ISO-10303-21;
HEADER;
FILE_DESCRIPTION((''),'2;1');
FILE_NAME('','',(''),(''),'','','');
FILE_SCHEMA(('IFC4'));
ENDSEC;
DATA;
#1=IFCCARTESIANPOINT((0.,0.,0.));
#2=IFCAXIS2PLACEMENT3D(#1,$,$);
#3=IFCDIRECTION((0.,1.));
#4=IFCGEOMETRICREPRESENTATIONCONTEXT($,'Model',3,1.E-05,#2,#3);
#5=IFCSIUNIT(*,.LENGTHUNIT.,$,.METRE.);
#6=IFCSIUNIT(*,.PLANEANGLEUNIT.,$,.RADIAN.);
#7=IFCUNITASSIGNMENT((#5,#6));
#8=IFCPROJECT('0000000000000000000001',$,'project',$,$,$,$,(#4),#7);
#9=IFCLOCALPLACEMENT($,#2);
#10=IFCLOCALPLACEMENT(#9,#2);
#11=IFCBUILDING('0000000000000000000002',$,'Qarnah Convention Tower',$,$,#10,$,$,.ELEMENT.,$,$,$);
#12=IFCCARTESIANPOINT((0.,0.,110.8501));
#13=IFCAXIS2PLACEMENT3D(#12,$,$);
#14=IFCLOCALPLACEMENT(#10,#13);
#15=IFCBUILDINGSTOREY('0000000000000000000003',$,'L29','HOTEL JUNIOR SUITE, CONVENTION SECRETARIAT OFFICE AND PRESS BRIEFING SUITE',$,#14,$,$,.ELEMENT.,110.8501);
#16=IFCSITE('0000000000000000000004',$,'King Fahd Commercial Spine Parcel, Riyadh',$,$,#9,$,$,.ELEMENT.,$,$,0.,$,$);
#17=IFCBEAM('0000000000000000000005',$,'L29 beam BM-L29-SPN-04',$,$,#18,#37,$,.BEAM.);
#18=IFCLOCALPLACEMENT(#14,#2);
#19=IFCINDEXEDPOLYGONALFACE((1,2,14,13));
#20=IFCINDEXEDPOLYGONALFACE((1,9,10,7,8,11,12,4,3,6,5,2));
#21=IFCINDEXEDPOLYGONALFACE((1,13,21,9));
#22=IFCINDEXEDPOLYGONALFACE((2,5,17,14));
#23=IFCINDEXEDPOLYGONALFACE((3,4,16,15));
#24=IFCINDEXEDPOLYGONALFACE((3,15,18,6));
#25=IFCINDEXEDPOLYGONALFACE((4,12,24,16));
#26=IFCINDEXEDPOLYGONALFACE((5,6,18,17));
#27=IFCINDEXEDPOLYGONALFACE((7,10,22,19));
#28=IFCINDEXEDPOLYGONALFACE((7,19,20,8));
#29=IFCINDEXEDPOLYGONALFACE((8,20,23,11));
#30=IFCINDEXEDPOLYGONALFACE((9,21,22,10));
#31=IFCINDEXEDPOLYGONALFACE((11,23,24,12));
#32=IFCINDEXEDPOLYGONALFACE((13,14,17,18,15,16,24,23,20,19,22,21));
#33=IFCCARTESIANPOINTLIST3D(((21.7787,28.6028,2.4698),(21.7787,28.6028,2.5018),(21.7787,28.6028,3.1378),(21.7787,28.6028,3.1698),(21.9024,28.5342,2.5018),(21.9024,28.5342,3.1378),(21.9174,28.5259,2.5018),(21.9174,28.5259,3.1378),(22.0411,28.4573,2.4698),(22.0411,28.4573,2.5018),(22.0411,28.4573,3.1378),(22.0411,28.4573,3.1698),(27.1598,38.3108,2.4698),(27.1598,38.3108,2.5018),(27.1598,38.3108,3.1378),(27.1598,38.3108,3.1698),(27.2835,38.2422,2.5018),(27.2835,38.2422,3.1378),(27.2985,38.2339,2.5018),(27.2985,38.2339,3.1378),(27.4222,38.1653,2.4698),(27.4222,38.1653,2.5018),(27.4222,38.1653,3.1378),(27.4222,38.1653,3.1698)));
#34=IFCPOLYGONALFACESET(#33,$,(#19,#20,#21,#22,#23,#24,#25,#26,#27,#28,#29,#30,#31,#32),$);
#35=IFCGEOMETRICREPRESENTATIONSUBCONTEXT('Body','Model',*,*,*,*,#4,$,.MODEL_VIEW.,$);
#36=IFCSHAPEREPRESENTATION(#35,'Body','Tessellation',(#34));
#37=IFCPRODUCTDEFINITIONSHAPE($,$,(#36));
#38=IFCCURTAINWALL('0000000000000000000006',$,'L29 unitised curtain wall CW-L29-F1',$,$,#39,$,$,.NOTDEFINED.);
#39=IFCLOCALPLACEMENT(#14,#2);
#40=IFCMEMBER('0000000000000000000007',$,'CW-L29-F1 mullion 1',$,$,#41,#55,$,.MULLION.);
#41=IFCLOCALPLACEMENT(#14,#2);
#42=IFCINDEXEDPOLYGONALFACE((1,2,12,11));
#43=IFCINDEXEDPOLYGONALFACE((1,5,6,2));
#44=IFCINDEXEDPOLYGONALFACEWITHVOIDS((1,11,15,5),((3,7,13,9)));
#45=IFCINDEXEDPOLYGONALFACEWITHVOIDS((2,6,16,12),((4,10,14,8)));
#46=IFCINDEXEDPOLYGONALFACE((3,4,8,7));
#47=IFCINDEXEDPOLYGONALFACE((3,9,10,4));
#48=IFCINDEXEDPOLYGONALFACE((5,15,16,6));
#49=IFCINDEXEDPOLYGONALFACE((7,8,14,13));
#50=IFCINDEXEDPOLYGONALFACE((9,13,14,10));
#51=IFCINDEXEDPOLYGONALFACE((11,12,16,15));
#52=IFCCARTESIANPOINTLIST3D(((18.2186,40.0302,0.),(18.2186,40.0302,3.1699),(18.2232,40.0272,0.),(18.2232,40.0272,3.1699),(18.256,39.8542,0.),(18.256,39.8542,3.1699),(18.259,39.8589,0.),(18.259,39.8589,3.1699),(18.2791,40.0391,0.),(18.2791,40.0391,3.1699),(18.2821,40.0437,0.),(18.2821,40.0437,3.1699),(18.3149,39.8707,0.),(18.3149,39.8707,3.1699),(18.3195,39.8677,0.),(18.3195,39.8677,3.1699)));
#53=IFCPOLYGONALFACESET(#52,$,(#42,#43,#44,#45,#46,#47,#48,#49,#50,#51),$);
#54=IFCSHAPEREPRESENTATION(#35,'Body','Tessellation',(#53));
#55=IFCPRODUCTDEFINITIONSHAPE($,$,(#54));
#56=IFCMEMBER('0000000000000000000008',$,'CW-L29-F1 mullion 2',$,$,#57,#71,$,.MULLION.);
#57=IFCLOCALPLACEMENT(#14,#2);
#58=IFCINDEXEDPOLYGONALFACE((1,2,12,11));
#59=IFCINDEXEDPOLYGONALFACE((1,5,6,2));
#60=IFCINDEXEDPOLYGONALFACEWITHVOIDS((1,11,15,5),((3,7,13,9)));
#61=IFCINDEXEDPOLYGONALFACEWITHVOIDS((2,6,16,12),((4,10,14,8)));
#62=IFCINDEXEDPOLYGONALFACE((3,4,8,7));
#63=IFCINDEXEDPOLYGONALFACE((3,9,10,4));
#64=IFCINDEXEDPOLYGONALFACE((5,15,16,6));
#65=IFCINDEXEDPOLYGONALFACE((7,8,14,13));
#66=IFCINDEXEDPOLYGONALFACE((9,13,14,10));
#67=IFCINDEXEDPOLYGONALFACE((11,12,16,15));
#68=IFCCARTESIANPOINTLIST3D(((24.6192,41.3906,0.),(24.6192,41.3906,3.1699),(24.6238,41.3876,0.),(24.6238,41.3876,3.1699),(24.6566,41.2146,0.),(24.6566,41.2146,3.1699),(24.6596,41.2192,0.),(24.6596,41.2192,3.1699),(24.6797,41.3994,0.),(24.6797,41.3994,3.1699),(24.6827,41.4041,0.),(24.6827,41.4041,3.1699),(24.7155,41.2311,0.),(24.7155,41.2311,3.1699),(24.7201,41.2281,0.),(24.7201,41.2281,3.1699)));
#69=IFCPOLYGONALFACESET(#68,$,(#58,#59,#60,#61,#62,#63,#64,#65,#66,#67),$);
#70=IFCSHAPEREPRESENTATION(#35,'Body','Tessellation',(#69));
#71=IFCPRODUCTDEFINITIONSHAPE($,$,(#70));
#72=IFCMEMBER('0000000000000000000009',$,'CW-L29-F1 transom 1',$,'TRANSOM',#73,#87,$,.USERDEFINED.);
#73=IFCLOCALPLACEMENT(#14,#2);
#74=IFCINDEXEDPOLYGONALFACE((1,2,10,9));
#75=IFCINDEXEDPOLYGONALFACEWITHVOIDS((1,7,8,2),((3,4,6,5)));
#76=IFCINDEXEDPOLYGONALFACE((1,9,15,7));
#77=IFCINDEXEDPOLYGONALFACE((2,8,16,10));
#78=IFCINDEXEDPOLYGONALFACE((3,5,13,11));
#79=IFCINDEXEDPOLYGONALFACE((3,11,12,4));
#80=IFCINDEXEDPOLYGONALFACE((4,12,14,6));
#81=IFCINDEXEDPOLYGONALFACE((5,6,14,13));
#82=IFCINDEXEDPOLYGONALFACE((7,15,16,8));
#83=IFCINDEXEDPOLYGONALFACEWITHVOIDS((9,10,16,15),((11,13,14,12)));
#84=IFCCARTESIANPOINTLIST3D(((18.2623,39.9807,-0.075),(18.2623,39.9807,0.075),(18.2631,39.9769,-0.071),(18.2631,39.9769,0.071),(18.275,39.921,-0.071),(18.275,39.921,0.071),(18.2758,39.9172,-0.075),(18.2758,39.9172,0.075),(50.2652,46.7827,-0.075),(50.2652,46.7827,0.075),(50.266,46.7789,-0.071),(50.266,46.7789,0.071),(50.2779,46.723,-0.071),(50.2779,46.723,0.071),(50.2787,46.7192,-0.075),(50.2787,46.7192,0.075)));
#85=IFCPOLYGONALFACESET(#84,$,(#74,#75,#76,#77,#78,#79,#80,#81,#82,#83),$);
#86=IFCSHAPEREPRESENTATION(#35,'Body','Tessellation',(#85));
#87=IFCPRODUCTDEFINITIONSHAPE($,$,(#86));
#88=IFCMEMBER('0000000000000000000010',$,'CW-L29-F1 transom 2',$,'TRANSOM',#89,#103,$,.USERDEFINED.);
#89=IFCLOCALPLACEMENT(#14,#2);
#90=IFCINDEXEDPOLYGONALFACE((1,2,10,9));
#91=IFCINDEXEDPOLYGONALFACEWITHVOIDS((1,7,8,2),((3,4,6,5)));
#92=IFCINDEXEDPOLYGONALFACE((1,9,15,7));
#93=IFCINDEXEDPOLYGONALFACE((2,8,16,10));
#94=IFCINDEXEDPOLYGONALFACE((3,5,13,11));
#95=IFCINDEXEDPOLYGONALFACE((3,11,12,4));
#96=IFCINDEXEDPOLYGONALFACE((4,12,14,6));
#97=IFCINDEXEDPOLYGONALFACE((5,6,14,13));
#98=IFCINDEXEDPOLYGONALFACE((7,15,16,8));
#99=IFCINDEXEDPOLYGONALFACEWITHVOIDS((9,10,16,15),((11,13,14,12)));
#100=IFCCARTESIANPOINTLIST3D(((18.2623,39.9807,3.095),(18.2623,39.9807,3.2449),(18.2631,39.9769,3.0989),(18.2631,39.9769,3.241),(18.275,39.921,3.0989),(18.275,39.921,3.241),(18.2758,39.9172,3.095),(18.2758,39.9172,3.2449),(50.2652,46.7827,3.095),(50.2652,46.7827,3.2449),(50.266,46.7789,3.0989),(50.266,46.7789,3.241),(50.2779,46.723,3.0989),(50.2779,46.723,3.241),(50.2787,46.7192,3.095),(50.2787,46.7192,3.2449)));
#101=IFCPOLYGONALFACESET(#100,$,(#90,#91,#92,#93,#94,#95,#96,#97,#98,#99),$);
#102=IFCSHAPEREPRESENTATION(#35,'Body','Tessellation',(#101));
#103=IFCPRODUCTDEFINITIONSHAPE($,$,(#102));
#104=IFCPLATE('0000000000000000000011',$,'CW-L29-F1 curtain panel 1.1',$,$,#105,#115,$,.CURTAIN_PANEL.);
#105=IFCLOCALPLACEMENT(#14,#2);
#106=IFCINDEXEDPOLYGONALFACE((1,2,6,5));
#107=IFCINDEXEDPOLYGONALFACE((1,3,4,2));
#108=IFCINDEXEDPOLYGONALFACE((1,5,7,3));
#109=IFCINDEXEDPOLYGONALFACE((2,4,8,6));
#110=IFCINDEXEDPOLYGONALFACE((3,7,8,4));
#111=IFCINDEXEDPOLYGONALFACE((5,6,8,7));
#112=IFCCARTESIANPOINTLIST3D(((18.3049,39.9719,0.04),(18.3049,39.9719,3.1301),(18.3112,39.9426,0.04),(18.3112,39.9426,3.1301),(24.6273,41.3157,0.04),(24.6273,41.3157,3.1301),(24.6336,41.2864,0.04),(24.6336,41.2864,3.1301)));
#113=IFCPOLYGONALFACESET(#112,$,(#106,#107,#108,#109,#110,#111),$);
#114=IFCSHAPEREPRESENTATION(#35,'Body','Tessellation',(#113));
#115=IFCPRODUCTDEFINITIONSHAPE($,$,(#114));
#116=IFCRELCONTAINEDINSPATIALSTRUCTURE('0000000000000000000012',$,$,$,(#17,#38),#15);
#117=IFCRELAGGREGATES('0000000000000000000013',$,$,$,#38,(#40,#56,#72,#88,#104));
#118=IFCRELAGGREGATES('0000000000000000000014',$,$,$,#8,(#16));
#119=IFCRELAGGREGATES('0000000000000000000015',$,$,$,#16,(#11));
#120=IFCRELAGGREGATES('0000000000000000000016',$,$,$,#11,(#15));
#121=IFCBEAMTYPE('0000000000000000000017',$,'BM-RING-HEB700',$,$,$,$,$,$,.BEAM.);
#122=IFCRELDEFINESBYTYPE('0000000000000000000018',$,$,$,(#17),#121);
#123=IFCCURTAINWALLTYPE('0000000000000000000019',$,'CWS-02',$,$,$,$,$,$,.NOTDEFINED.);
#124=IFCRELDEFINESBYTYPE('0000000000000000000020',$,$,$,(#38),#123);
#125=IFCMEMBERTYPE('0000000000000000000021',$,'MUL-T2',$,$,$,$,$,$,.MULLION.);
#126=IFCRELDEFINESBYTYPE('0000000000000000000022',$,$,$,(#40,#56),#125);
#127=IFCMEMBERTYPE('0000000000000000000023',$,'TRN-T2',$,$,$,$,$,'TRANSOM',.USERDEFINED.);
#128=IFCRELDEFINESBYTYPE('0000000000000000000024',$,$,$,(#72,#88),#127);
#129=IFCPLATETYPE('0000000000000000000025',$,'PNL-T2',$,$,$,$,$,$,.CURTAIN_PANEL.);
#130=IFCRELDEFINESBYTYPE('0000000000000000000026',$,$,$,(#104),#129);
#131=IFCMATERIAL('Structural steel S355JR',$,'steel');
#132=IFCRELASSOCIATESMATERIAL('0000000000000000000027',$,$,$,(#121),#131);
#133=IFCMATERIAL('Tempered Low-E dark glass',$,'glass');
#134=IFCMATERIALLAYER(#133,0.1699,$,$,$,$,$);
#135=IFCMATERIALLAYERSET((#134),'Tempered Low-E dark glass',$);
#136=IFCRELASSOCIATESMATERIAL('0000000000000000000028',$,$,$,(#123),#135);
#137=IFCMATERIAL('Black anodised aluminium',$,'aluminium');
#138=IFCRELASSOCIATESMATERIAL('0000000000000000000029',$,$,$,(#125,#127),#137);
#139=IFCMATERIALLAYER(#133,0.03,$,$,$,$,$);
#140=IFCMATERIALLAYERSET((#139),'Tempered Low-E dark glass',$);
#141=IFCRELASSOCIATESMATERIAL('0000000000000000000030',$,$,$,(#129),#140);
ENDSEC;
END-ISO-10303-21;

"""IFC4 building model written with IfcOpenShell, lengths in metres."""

from ifc_helpers import new_model, si_unit, direction, frame, origin, origin_2d, place, context, subcontext, project, spatial, rectangle, hollow_rectangle, i_section, extrude, material, layer, layer_set, material_profile, profile_set, type_object, element, aggregate, save


model = new_model("IFC4")

# Units and contexts
model_context = context("Model", 3, precision=1e-05, world=origin(), true_north=direction((0.0, 1.0)))
body_context = subcontext(model_context, "Body", "Model", "MODEL_VIEW")
ifc_project = project(units=[si_unit("LENGTHUNIT", "METRE"), si_unit("PLANEANGLEUNIT", "RADIAN")], contexts=[model_context])

# Site, building, storey
site_placement = place(None, origin())
site = spatial("IfcSite", under=ifc_project, at=site_placement, Name="King Fahd Commercial Spine Parcel, Riyadh", CompositionType="ELEMENT", RefElevation=0.0)
building_placement = place(site_placement, origin())
building = spatial("IfcBuilding", under=site, at=building_placement, Name="Qarnah Convention Tower", CompositionType="ELEMENT")
storey_placement = place(building_placement, frame((0.0, 0.0, 110.8501)))
storey = spatial("IfcBuildingStorey", under=building, at=storey_placement, Name="L29", Description="HOTEL JUNIOR SUITE, CONVENTION SECRETARIAT OFFICE AND PRESS BRIEFING SUITE", CompositionType="ELEMENT", Elevation=110.8501)

# Beam
ifc_material_1 = material(Name="Structural steel S355JR", Category="steel")
ifc_material_profile_1 = material_profile(ifc_material_1, i_section(OverallWidth=0.3, OverallDepth=0.7, WebThickness=0.0171, FlangeThickness=0.032, at=origin_2d()), Name="HEB700")
ifc_profile_set_1 = profile_set([ifc_material_profile_1], Name="Structural steel S355JR")
beam_type = type_object("IfcBeamType", Name="BM-RING-HEB700", PredefinedType="BEAM", material=ifc_profile_set_1)
beam_placement = place(storey_placement, frame((27.291, 38.238, 2.8198), z_axis=(-0.4848, -0.874625, 0.0), x_axis=(0.874625, -0.4848, 0.0)))
element("IfcBeam", 1, at=beam_placement, inside=storey, type_object=beam_type, Name="L29 beam BM-L29-SPN-04", PredefinedType="BEAM", context=body_context, shape_type="SweptSolid", body=[
    extrude(i_section(OverallWidth=0.3, OverallDepth=0.7, WebThickness=0.0171, FlangeThickness=0.032, at=origin_2d()), origin(), (0.0, 0.0, 1.0), 11.0996),
])

# Curtain wall, members, plate
ifc_material_2 = material(Name="Tempered Low-E dark glass", Category="glass")
ifc_layer_1 = layer(ifc_material_2, 0.1699)
ifc_layer_set_1 = layer_set([ifc_layer_1], Name="Tempered Low-E dark glass")
curtain_wall_type = type_object("IfcCurtainWallType", Name="CWS-02", PredefinedType="NOTDEFINED", material=ifc_layer_set_1)
curtain_wall_placement = place(storey_placement, origin())
curtain_wall = element("IfcCurtainWall", 2, at=curtain_wall_placement, inside=storey, type_object=curtain_wall_type, Name="L29 unitised curtain wall CW-L29-F1", PredefinedType="NOTDEFINED")
ifc_material_3 = material(Name="Black anodised aluminium", Category="aluminium")
ifc_material_profile_2 = material_profile(ifc_material_3, hollow_rectangle(XDim=0.0649, YDim=0.1799, WallThickness=0.0039, at=origin_2d()), Name="MUL-65X180")
ifc_profile_set_2 = profile_set([ifc_material_profile_2], Name="Black anodised aluminium")
member_type_1 = type_object("IfcMemberType", Name="MUL-T2", PredefinedType="MULLION", material=ifc_profile_set_2)
member_1_placement = place(storey_placement, frame((18.269, 39.949, 0.0), z_axis=(0.0, 0.0, 1.0), x_axis=(0.97815, 0.207899, 0.0)))
member_1 = element("IfcMember", 3, at=member_1_placement, type_object=member_type_1, Name="CW-L29-F1 mullion 1", PredefinedType="MULLION", context=body_context, shape_type="SweptSolid", body=[
    extrude(hollow_rectangle(XDim=0.0649, YDim=0.1799, WallThickness=0.0039, at=origin_2d()), origin(), (0.0, 0.0, 1.0), 3.1699),
])
member_2_placement = place(storey_placement, frame((24.6697, 41.3093, 0.0), z_axis=(0.0, 0.0, 1.0), x_axis=(0.97815, 0.207899, 0.0)))
member_2 = element("IfcMember", 4, at=member_2_placement, type_object=member_type_1, Name="CW-L29-F1 mullion 2", PredefinedType="MULLION", context=body_context, shape_type="SweptSolid", body=[
    extrude(hollow_rectangle(XDim=0.0649, YDim=0.1799, WallThickness=0.0039, at=origin_2d()), origin(), (0.0, 0.0, 1.0), 3.1699),
])
ifc_material_profile_3 = material_profile(ifc_material_3, hollow_rectangle(XDim=0.0649, YDim=0.1499, WallThickness=0.0039, at=origin_2d()), Name="TRN-65X150")
ifc_profile_set_3 = profile_set([ifc_material_profile_3], Name="Black anodised aluminium")
member_type_2 = type_object("IfcMemberType", Name="TRN-T2", ElementType="TRANSOM", PredefinedType="USERDEFINED", material=ifc_profile_set_3)
member_3_placement = place(storey_placement, frame((18.269, 39.949, 0.0), z_axis=(0.97815, 0.207899, 0.0), x_axis=(-0.207899, 0.97815, 0.0)))
member_3 = element("IfcMember", 5, at=member_3_placement, type_object=member_type_2, Name="CW-L29-F1 transom 1", ObjectType="TRANSOM", PredefinedType="USERDEFINED", context=body_context, shape_type="SweptSolid", body=[
    extrude(hollow_rectangle(XDim=0.0649, YDim=0.1499, WallThickness=0.0039, at=origin_2d()), origin(), (0.0, 0.0, 1.0), 32.7178),
])
member_4_placement = place(storey_placement, frame((18.269, 39.949, 3.1699), z_axis=(0.97815, 0.207899, 0.0), x_axis=(-0.207899, 0.97815, 0.0)))
member_4 = element("IfcMember", 6, at=member_4_placement, type_object=member_type_2, Name="CW-L29-F1 transom 2", ObjectType="TRANSOM", PredefinedType="USERDEFINED", context=body_context, shape_type="SweptSolid", body=[
    extrude(hollow_rectangle(XDim=0.0649, YDim=0.1499, WallThickness=0.0039, at=origin_2d()), origin(), (0.0, 0.0, 1.0), 32.7178),
])
ifc_layer_2 = layer(ifc_material_2, 0.03)
ifc_layer_set_2 = layer_set([ifc_layer_2], Name="Tempered Low-E dark glass")
plate_type = type_object("IfcPlateType", Name="PNL-T2", PredefinedType="CURTAIN_PANEL", material=ifc_layer_set_2)
plate_placement = place(storey_placement, frame((21.4692, 40.6292, 0.04), z_axis=(0.0, 0.0, 1.0), x_axis=(0.97815, 0.207899, 0.0)))
plate = element("IfcPlate", 7, at=plate_placement, type_object=plate_type, Name="CW-L29-F1 curtain panel 1.1", PredefinedType="CURTAIN_PANEL", context=body_context, shape_type="SweptSolid", body=[
    extrude(rectangle(XDim=6.4636, YDim=0.03, at=origin_2d()), origin(), (0.0, 0.0, 1.0), 3.0901),
])
aggregate(curtain_wall, [member_1, member_2, member_3, member_4, plate])

save(model, "model.ifc")
